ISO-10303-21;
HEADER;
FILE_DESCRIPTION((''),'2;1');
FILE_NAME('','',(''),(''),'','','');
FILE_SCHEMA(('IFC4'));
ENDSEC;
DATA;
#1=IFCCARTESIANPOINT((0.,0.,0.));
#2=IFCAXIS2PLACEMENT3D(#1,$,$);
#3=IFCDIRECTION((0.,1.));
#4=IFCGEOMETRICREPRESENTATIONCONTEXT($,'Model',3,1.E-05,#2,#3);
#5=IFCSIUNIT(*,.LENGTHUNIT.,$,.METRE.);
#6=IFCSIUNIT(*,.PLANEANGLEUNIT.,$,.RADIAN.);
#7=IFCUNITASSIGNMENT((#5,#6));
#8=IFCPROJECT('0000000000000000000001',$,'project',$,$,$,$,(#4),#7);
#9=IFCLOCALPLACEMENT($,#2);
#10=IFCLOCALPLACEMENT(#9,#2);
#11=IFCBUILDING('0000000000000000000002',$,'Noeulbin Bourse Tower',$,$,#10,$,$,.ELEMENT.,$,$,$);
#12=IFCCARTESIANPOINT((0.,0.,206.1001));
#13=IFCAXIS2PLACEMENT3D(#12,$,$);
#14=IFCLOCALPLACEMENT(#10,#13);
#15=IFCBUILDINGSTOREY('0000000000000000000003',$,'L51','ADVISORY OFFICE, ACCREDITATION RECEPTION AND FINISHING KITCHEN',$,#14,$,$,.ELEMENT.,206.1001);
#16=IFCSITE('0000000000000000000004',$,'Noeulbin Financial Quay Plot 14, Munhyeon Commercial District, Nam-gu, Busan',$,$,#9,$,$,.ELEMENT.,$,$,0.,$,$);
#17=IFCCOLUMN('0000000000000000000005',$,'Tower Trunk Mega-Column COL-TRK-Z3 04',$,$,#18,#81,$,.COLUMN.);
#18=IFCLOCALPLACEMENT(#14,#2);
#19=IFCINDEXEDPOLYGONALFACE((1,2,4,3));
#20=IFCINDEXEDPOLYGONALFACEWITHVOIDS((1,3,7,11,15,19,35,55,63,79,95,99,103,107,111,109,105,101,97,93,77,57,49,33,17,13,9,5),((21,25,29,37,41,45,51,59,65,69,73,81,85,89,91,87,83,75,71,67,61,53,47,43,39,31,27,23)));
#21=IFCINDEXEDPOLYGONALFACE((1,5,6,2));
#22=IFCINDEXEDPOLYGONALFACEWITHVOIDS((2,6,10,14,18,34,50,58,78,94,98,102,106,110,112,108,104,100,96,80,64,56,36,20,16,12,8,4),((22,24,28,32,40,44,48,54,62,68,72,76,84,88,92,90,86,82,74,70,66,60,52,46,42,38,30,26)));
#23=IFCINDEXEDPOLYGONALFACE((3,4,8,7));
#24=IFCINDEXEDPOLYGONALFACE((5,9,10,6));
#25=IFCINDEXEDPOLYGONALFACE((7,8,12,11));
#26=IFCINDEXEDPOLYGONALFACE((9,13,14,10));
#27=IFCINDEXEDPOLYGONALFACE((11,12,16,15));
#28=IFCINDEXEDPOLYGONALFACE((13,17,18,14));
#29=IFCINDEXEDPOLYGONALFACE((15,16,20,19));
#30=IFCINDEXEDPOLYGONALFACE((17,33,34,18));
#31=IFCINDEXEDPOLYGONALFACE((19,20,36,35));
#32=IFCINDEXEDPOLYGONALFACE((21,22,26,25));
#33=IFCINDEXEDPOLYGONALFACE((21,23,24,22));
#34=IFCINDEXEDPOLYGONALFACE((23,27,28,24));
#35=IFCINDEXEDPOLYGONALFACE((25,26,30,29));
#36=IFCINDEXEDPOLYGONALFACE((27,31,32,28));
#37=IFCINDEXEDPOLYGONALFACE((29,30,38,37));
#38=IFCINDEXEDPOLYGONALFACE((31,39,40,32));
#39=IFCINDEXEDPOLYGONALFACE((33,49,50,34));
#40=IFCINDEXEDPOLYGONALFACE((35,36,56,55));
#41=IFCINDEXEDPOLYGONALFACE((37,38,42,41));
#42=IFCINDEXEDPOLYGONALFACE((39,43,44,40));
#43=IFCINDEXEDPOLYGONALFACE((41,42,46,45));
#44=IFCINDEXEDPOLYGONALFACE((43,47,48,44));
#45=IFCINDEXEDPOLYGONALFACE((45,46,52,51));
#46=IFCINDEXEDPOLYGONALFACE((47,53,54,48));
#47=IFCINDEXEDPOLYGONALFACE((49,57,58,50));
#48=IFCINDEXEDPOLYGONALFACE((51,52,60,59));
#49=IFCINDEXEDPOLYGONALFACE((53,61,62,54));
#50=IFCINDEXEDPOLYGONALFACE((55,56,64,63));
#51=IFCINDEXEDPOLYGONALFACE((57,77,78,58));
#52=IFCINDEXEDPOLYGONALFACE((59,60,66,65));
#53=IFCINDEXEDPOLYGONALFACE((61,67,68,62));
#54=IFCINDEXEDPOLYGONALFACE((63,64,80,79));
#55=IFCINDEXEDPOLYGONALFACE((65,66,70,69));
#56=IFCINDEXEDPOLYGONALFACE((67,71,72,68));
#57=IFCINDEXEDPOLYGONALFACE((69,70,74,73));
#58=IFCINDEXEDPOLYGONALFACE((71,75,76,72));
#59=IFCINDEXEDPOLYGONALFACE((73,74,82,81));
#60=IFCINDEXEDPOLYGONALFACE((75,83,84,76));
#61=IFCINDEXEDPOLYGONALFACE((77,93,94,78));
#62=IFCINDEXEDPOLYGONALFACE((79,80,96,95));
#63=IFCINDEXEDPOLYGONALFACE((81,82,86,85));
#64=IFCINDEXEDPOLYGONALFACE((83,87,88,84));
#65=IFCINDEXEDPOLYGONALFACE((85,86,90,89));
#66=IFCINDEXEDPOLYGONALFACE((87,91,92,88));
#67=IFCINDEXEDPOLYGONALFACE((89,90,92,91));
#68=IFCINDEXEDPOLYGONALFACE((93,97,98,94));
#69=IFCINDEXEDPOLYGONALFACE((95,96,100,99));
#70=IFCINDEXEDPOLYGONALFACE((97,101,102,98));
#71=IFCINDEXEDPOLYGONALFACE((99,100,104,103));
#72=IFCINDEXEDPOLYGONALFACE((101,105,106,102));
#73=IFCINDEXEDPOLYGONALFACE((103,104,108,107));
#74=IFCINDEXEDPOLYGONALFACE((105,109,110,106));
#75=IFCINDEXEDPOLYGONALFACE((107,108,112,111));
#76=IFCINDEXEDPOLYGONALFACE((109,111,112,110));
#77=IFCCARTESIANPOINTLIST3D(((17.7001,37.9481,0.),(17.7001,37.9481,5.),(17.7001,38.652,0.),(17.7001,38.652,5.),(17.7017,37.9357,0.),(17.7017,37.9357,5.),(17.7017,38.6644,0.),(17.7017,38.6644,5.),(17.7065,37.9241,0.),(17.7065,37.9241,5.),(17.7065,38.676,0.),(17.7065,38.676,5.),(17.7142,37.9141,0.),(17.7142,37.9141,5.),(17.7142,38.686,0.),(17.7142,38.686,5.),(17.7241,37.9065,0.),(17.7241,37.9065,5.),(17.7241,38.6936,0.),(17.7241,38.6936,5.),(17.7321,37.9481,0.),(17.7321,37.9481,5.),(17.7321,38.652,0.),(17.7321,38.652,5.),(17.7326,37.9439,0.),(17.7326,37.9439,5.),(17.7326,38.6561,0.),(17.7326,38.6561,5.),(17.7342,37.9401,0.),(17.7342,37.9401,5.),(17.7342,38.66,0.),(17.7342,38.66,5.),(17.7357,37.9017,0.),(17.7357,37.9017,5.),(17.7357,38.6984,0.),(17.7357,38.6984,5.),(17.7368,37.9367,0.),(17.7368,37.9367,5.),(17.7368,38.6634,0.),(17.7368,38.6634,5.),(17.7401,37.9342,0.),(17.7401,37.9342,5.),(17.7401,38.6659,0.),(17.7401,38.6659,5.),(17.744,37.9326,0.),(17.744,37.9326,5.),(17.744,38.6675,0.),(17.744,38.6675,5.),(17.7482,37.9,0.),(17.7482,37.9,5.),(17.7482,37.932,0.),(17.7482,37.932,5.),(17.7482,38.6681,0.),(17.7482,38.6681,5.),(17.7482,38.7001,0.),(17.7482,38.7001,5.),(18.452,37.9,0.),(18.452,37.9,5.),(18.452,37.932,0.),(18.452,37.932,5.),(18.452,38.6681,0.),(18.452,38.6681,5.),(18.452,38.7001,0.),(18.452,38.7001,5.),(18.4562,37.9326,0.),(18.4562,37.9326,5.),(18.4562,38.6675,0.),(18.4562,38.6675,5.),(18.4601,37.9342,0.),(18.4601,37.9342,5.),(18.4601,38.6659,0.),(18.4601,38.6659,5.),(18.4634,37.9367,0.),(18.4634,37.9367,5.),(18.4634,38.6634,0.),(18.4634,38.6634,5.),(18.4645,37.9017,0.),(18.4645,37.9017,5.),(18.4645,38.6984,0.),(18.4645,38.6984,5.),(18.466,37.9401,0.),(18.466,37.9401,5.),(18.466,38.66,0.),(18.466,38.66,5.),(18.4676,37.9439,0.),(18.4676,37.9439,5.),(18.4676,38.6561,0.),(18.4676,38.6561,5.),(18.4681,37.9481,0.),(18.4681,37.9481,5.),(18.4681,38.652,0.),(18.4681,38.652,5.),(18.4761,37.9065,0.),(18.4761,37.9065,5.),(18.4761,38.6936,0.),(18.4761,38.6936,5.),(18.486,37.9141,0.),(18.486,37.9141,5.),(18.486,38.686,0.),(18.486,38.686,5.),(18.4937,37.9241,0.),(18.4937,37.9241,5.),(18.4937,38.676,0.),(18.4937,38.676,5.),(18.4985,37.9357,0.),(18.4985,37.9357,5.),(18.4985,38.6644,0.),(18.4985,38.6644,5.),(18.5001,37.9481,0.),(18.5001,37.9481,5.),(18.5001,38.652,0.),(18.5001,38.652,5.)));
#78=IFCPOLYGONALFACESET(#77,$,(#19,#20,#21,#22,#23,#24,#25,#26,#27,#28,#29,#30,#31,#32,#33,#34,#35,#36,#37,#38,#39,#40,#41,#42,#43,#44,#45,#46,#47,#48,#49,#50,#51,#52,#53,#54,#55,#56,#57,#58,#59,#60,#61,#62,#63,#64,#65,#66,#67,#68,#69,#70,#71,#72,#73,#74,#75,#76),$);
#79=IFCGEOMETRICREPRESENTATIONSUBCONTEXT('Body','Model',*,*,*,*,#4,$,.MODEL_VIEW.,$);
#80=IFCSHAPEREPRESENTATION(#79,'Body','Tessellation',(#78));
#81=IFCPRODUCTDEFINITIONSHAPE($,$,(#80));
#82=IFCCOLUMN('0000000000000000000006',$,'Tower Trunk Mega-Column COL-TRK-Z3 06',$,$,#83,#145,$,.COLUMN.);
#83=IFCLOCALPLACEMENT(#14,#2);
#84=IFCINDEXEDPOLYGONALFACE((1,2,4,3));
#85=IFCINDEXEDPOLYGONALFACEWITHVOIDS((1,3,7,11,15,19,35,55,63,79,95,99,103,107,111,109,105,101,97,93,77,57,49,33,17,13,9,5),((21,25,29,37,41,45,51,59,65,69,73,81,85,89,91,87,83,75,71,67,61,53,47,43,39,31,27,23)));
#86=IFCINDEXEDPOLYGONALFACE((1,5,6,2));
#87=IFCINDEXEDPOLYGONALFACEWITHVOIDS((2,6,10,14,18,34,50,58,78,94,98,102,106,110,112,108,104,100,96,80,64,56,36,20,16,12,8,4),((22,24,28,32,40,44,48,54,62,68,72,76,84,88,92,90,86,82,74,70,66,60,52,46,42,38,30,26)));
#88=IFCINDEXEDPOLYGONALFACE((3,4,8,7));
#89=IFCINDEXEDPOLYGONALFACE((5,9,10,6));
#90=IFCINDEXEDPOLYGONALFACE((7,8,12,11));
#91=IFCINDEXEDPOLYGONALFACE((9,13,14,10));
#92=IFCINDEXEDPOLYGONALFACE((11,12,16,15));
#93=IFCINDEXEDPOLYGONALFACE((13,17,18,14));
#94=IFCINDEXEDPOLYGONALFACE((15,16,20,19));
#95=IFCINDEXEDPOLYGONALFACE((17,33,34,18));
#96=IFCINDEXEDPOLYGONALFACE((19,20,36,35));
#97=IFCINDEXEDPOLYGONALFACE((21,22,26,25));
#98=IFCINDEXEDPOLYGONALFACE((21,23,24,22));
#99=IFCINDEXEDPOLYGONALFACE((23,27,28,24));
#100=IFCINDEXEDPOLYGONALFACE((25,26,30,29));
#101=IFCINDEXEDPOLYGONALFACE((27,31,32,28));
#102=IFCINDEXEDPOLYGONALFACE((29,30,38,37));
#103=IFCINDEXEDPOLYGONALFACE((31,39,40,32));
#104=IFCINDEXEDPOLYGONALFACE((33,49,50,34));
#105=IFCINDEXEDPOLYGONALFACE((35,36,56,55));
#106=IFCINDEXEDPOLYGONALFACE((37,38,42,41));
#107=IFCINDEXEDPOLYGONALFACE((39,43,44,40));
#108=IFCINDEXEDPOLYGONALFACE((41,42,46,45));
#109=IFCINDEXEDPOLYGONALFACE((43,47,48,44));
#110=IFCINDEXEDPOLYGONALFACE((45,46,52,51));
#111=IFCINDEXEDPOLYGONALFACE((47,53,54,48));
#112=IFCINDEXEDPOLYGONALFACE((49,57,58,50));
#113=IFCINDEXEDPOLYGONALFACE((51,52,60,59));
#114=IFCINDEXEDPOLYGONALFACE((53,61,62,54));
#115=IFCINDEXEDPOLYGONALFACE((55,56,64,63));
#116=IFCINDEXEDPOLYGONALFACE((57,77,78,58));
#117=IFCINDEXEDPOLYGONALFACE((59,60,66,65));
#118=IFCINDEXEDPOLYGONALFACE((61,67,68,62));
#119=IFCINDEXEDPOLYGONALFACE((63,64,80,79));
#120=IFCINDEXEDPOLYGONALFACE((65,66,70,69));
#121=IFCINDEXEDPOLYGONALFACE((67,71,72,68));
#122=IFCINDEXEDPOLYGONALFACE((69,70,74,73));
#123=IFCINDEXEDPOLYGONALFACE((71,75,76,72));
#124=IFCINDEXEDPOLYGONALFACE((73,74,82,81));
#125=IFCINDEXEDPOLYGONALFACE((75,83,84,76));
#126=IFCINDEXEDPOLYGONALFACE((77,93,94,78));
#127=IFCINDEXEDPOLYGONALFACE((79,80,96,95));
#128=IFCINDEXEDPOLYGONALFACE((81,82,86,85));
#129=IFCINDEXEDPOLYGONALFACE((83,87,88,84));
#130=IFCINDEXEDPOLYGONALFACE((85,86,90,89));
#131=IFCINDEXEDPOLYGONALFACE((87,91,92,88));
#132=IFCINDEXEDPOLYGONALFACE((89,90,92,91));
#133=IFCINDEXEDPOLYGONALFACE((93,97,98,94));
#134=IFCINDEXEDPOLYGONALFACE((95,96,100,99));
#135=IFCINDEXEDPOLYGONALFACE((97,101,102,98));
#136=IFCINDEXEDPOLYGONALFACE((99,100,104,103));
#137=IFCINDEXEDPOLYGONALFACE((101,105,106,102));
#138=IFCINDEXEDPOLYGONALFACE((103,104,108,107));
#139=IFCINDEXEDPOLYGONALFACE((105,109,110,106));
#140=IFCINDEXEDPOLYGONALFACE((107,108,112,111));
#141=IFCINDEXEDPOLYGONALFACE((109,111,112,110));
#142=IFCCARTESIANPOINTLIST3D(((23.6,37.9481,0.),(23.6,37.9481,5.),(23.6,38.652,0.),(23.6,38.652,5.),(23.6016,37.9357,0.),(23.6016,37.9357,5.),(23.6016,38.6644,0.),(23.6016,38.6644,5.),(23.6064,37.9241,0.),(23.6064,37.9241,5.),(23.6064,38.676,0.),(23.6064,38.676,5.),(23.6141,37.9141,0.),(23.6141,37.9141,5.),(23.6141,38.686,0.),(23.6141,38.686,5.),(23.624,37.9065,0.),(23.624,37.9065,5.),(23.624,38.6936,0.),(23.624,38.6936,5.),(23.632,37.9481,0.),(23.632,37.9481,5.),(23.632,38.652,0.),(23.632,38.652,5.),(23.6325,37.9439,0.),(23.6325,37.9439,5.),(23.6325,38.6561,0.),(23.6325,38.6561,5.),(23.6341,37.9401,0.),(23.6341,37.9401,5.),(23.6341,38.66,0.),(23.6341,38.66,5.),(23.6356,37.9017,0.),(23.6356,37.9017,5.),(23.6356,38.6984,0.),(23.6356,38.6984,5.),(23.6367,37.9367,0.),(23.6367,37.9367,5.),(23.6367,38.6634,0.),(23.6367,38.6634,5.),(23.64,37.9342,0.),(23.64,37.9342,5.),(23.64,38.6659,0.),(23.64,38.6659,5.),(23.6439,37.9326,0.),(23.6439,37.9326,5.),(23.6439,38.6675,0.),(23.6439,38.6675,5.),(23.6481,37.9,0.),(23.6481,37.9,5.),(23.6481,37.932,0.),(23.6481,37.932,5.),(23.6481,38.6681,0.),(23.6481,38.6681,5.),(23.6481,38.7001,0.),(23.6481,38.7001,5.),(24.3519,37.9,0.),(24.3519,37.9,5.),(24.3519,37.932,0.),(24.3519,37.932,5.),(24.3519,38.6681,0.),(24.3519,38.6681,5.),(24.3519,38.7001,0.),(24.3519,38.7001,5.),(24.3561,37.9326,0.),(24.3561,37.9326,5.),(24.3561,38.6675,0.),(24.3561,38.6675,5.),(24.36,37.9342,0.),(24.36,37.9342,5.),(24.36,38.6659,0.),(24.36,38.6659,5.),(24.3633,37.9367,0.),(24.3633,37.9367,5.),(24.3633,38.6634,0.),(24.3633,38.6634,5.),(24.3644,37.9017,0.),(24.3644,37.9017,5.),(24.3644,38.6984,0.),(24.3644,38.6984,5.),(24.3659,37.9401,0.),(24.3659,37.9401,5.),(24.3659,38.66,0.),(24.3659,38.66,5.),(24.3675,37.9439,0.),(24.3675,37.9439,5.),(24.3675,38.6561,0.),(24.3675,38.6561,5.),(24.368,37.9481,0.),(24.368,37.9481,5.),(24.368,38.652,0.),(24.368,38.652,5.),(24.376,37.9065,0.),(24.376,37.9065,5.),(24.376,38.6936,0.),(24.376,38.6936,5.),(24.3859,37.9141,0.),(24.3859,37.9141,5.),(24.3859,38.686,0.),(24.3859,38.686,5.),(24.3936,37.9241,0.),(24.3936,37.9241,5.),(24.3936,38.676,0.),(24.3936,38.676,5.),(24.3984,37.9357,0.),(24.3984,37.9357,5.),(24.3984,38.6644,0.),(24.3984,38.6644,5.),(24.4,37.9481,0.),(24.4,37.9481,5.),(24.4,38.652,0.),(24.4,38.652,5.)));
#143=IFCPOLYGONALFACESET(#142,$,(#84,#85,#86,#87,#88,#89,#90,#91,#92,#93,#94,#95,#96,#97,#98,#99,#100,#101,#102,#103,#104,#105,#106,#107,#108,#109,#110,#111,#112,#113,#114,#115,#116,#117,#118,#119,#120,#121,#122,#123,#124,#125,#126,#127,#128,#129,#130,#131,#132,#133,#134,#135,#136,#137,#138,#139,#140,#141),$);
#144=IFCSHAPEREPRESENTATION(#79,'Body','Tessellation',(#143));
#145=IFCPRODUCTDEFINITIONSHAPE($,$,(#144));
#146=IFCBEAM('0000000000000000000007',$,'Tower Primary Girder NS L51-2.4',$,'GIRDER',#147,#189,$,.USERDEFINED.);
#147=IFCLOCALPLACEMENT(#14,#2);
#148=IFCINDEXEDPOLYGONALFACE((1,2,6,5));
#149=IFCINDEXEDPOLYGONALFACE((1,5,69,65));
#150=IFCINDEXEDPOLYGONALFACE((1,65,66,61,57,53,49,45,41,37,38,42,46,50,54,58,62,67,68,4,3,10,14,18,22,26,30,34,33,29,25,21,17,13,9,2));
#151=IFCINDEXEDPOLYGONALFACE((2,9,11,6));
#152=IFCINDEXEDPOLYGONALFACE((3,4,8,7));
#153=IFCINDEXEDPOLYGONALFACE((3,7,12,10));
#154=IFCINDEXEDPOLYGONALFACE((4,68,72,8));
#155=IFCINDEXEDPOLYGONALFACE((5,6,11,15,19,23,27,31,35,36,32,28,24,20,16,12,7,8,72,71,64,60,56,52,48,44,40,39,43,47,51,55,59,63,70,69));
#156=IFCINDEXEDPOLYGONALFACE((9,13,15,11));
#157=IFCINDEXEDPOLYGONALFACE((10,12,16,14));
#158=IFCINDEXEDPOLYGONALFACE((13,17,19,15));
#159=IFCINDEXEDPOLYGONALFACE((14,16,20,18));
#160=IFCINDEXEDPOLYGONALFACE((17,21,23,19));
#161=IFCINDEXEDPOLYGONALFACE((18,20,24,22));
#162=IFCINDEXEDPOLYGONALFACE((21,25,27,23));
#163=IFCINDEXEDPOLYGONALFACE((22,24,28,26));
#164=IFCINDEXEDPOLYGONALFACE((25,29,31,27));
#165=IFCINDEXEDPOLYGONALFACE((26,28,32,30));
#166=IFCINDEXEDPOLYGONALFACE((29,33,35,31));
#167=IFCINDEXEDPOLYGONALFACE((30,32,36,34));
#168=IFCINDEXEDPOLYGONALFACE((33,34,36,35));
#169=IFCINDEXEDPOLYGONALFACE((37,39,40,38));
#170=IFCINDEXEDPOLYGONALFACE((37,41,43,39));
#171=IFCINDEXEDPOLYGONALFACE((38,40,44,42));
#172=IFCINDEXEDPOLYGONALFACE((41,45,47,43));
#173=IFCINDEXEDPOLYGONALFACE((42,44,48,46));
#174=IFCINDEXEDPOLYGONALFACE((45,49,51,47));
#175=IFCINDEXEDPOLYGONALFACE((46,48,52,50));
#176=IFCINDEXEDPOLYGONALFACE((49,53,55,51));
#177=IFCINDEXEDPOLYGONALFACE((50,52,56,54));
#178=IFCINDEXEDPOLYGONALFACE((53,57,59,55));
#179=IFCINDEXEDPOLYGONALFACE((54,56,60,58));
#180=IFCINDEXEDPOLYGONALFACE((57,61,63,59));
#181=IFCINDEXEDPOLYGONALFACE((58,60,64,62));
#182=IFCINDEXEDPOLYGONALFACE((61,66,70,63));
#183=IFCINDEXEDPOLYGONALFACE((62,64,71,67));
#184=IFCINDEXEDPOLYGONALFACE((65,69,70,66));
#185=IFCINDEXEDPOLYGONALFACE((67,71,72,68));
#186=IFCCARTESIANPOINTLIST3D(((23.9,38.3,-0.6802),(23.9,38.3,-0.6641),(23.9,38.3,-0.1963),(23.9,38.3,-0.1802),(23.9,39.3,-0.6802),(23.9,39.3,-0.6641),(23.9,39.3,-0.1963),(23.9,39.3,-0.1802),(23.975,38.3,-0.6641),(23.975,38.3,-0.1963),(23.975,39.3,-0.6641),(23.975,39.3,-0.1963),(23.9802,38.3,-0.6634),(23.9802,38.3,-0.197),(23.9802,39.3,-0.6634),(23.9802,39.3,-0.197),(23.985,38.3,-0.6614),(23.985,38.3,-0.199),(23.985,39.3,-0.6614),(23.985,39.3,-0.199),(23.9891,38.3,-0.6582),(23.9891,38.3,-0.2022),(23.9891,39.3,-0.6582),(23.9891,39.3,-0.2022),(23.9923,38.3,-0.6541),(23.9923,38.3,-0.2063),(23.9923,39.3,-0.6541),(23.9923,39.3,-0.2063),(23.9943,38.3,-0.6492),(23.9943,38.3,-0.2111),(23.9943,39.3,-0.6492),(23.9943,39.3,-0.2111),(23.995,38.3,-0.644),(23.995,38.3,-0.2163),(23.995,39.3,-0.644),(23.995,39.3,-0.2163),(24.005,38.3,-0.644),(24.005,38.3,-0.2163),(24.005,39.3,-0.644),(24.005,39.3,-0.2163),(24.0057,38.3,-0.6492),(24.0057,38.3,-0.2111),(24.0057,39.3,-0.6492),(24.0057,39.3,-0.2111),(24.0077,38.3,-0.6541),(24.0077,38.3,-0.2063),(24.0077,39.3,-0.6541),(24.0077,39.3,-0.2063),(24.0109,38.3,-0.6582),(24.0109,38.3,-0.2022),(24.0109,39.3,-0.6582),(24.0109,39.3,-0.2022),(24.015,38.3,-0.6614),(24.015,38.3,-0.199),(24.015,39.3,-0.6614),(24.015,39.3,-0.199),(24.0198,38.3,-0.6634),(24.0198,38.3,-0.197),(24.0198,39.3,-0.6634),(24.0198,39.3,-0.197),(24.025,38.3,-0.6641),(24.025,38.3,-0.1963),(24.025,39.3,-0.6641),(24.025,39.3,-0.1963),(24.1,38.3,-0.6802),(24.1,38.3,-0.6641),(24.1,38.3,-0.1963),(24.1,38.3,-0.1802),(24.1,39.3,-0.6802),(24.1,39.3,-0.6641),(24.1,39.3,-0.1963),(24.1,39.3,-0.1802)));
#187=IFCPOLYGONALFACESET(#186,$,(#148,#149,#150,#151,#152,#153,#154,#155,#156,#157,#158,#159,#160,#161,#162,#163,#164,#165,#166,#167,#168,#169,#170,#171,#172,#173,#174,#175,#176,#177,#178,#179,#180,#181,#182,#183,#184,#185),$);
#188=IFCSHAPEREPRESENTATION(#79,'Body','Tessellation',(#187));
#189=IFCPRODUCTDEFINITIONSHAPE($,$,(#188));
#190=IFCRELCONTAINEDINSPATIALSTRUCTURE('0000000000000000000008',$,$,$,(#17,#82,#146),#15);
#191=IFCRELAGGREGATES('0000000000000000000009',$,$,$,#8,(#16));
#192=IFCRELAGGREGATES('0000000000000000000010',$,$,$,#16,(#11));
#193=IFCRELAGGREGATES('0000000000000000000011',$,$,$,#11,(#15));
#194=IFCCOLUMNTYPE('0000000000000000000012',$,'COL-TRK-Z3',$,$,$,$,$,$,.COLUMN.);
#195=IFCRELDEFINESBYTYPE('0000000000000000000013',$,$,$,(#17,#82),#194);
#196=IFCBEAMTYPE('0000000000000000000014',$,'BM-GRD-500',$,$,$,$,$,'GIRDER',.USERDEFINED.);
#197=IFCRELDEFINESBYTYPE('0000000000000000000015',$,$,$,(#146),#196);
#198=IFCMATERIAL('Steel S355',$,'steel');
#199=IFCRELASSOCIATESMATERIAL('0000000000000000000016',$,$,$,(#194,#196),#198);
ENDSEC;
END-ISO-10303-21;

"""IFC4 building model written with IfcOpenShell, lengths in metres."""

from ifc_helpers import new_model, si_unit, direction, frame, origin, origin_2d, place, context, subcontext, project, spatial, hollow_rectangle, i_section, extrude, material, material_profile, profile_set, type_object, element, save


model = new_model("IFC4")

# Units and contexts
model_context = context("Model", 3, precision=1e-05, world=origin(), true_north=direction((0.0, 1.0)))
body_context = subcontext(model_context, "Body", "Model", "MODEL_VIEW")
ifc_project = project(units=[si_unit("LENGTHUNIT", "METRE"), si_unit("PLANEANGLEUNIT", "RADIAN")], contexts=[model_context])

# Site, building, storey
site_placement = place(None, origin())
site = spatial("IfcSite", under=ifc_project, at=site_placement, Name="Noeulbin Financial Quay Plot 14, Munhyeon Commercial District, Nam-gu, Busan", CompositionType="ELEMENT", RefElevation=0.0)
building_placement = place(site_placement, origin())
building = spatial("IfcBuilding", under=site, at=building_placement, Name="Noeulbin Bourse Tower", CompositionType="ELEMENT")
storey_placement = place(building_placement, frame((0.0, 0.0, 206.1001)))
storey = spatial("IfcBuildingStorey", under=building, at=storey_placement, Name="L51", Description="ADVISORY OFFICE, ACCREDITATION RECEPTION AND FINISHING KITCHEN", CompositionType="ELEMENT", Elevation=206.1001)

# Columns
ifc_material_1 = material(Name="Steel S355", Category="steel")
ifc_material_profile_1 = material_profile(ifc_material_1, hollow_rectangle(XDim=0.8, YDim=0.8, WallThickness=0.032, InnerFilletRadius=0.0161, OuterFilletRadius=0.0481, at=origin_2d()), Name="BOX-800x800x32", Category="LoadBearing")
ifc_profile_set_1 = profile_set([ifc_material_profile_1], Name="Steel S355")
column_type = type_object("IfcColumnType", Name="COL-TRK-Z3", PredefinedType="COLUMN", material=ifc_profile_set_1)
for number, where, z_axis, x_axis, name in (
    (1, (18.1001, 38.3, 0.0), (0.0, 0.0, 1.0), (1.0, 0.0, 0.0), "Tower Trunk Mega-Column COL-TRK-Z3 04"),
    (2, (24.0, 38.3, 0.0), (0.0, 0.0, 1.0), (1.0, 0.0, 0.0), "Tower Trunk Mega-Column COL-TRK-Z3 06"),
):
    element("IfcColumn", number, at=place(storey_placement, frame(where, z_axis=z_axis, x_axis=x_axis)), inside=storey, type_object=column_type, Name=name, PredefinedType="COLUMN", context=body_context, shape_type="SweptSolid", body=[
        extrude(hollow_rectangle(XDim=0.8, YDim=0.8, WallThickness=0.032, InnerFilletRadius=0.0161, OuterFilletRadius=0.0481, at=origin_2d()), origin(), (0.0, 0.0, 1.0), 5.0),
    ])

# Beam
ifc_material_profile_2 = material_profile(ifc_material_1, i_section(OverallWidth=0.2, OverallDepth=0.5, WebThickness=0.01, FlangeThickness=0.0161, FilletRadius=0.02, at=origin_2d()), Name="H-500x200x10x16", Category="LoadBearing")
ifc_profile_set_2 = profile_set([ifc_material_profile_2], Name="Steel S355")
beam_type = type_object("IfcBeamType", Name="BM-GRD-500", ElementType="GIRDER", PredefinedType="USERDEFINED", material=ifc_profile_set_2)
beam_placement = place(storey_placement, frame((24.0, 38.3, -0.4302), z_axis=(0.0, 1.0, 0.0), x_axis=(-1.0, 0.0, 0.0)))
element("IfcBeam", 3, at=beam_placement, inside=storey, type_object=beam_type, Name="Tower Primary Girder NS L51-2.4", ObjectType="GIRDER", PredefinedType="USERDEFINED", context=body_context, shape_type="SweptSolid", body=[
    extrude(i_section(OverallWidth=0.2, OverallDepth=0.5, WebThickness=0.01, FlangeThickness=0.0161, FilletRadius=0.02, at=origin_2d()), origin(), (0.0, 0.0, 1.0), 1.0),
])

save(model, "model.ifc")
